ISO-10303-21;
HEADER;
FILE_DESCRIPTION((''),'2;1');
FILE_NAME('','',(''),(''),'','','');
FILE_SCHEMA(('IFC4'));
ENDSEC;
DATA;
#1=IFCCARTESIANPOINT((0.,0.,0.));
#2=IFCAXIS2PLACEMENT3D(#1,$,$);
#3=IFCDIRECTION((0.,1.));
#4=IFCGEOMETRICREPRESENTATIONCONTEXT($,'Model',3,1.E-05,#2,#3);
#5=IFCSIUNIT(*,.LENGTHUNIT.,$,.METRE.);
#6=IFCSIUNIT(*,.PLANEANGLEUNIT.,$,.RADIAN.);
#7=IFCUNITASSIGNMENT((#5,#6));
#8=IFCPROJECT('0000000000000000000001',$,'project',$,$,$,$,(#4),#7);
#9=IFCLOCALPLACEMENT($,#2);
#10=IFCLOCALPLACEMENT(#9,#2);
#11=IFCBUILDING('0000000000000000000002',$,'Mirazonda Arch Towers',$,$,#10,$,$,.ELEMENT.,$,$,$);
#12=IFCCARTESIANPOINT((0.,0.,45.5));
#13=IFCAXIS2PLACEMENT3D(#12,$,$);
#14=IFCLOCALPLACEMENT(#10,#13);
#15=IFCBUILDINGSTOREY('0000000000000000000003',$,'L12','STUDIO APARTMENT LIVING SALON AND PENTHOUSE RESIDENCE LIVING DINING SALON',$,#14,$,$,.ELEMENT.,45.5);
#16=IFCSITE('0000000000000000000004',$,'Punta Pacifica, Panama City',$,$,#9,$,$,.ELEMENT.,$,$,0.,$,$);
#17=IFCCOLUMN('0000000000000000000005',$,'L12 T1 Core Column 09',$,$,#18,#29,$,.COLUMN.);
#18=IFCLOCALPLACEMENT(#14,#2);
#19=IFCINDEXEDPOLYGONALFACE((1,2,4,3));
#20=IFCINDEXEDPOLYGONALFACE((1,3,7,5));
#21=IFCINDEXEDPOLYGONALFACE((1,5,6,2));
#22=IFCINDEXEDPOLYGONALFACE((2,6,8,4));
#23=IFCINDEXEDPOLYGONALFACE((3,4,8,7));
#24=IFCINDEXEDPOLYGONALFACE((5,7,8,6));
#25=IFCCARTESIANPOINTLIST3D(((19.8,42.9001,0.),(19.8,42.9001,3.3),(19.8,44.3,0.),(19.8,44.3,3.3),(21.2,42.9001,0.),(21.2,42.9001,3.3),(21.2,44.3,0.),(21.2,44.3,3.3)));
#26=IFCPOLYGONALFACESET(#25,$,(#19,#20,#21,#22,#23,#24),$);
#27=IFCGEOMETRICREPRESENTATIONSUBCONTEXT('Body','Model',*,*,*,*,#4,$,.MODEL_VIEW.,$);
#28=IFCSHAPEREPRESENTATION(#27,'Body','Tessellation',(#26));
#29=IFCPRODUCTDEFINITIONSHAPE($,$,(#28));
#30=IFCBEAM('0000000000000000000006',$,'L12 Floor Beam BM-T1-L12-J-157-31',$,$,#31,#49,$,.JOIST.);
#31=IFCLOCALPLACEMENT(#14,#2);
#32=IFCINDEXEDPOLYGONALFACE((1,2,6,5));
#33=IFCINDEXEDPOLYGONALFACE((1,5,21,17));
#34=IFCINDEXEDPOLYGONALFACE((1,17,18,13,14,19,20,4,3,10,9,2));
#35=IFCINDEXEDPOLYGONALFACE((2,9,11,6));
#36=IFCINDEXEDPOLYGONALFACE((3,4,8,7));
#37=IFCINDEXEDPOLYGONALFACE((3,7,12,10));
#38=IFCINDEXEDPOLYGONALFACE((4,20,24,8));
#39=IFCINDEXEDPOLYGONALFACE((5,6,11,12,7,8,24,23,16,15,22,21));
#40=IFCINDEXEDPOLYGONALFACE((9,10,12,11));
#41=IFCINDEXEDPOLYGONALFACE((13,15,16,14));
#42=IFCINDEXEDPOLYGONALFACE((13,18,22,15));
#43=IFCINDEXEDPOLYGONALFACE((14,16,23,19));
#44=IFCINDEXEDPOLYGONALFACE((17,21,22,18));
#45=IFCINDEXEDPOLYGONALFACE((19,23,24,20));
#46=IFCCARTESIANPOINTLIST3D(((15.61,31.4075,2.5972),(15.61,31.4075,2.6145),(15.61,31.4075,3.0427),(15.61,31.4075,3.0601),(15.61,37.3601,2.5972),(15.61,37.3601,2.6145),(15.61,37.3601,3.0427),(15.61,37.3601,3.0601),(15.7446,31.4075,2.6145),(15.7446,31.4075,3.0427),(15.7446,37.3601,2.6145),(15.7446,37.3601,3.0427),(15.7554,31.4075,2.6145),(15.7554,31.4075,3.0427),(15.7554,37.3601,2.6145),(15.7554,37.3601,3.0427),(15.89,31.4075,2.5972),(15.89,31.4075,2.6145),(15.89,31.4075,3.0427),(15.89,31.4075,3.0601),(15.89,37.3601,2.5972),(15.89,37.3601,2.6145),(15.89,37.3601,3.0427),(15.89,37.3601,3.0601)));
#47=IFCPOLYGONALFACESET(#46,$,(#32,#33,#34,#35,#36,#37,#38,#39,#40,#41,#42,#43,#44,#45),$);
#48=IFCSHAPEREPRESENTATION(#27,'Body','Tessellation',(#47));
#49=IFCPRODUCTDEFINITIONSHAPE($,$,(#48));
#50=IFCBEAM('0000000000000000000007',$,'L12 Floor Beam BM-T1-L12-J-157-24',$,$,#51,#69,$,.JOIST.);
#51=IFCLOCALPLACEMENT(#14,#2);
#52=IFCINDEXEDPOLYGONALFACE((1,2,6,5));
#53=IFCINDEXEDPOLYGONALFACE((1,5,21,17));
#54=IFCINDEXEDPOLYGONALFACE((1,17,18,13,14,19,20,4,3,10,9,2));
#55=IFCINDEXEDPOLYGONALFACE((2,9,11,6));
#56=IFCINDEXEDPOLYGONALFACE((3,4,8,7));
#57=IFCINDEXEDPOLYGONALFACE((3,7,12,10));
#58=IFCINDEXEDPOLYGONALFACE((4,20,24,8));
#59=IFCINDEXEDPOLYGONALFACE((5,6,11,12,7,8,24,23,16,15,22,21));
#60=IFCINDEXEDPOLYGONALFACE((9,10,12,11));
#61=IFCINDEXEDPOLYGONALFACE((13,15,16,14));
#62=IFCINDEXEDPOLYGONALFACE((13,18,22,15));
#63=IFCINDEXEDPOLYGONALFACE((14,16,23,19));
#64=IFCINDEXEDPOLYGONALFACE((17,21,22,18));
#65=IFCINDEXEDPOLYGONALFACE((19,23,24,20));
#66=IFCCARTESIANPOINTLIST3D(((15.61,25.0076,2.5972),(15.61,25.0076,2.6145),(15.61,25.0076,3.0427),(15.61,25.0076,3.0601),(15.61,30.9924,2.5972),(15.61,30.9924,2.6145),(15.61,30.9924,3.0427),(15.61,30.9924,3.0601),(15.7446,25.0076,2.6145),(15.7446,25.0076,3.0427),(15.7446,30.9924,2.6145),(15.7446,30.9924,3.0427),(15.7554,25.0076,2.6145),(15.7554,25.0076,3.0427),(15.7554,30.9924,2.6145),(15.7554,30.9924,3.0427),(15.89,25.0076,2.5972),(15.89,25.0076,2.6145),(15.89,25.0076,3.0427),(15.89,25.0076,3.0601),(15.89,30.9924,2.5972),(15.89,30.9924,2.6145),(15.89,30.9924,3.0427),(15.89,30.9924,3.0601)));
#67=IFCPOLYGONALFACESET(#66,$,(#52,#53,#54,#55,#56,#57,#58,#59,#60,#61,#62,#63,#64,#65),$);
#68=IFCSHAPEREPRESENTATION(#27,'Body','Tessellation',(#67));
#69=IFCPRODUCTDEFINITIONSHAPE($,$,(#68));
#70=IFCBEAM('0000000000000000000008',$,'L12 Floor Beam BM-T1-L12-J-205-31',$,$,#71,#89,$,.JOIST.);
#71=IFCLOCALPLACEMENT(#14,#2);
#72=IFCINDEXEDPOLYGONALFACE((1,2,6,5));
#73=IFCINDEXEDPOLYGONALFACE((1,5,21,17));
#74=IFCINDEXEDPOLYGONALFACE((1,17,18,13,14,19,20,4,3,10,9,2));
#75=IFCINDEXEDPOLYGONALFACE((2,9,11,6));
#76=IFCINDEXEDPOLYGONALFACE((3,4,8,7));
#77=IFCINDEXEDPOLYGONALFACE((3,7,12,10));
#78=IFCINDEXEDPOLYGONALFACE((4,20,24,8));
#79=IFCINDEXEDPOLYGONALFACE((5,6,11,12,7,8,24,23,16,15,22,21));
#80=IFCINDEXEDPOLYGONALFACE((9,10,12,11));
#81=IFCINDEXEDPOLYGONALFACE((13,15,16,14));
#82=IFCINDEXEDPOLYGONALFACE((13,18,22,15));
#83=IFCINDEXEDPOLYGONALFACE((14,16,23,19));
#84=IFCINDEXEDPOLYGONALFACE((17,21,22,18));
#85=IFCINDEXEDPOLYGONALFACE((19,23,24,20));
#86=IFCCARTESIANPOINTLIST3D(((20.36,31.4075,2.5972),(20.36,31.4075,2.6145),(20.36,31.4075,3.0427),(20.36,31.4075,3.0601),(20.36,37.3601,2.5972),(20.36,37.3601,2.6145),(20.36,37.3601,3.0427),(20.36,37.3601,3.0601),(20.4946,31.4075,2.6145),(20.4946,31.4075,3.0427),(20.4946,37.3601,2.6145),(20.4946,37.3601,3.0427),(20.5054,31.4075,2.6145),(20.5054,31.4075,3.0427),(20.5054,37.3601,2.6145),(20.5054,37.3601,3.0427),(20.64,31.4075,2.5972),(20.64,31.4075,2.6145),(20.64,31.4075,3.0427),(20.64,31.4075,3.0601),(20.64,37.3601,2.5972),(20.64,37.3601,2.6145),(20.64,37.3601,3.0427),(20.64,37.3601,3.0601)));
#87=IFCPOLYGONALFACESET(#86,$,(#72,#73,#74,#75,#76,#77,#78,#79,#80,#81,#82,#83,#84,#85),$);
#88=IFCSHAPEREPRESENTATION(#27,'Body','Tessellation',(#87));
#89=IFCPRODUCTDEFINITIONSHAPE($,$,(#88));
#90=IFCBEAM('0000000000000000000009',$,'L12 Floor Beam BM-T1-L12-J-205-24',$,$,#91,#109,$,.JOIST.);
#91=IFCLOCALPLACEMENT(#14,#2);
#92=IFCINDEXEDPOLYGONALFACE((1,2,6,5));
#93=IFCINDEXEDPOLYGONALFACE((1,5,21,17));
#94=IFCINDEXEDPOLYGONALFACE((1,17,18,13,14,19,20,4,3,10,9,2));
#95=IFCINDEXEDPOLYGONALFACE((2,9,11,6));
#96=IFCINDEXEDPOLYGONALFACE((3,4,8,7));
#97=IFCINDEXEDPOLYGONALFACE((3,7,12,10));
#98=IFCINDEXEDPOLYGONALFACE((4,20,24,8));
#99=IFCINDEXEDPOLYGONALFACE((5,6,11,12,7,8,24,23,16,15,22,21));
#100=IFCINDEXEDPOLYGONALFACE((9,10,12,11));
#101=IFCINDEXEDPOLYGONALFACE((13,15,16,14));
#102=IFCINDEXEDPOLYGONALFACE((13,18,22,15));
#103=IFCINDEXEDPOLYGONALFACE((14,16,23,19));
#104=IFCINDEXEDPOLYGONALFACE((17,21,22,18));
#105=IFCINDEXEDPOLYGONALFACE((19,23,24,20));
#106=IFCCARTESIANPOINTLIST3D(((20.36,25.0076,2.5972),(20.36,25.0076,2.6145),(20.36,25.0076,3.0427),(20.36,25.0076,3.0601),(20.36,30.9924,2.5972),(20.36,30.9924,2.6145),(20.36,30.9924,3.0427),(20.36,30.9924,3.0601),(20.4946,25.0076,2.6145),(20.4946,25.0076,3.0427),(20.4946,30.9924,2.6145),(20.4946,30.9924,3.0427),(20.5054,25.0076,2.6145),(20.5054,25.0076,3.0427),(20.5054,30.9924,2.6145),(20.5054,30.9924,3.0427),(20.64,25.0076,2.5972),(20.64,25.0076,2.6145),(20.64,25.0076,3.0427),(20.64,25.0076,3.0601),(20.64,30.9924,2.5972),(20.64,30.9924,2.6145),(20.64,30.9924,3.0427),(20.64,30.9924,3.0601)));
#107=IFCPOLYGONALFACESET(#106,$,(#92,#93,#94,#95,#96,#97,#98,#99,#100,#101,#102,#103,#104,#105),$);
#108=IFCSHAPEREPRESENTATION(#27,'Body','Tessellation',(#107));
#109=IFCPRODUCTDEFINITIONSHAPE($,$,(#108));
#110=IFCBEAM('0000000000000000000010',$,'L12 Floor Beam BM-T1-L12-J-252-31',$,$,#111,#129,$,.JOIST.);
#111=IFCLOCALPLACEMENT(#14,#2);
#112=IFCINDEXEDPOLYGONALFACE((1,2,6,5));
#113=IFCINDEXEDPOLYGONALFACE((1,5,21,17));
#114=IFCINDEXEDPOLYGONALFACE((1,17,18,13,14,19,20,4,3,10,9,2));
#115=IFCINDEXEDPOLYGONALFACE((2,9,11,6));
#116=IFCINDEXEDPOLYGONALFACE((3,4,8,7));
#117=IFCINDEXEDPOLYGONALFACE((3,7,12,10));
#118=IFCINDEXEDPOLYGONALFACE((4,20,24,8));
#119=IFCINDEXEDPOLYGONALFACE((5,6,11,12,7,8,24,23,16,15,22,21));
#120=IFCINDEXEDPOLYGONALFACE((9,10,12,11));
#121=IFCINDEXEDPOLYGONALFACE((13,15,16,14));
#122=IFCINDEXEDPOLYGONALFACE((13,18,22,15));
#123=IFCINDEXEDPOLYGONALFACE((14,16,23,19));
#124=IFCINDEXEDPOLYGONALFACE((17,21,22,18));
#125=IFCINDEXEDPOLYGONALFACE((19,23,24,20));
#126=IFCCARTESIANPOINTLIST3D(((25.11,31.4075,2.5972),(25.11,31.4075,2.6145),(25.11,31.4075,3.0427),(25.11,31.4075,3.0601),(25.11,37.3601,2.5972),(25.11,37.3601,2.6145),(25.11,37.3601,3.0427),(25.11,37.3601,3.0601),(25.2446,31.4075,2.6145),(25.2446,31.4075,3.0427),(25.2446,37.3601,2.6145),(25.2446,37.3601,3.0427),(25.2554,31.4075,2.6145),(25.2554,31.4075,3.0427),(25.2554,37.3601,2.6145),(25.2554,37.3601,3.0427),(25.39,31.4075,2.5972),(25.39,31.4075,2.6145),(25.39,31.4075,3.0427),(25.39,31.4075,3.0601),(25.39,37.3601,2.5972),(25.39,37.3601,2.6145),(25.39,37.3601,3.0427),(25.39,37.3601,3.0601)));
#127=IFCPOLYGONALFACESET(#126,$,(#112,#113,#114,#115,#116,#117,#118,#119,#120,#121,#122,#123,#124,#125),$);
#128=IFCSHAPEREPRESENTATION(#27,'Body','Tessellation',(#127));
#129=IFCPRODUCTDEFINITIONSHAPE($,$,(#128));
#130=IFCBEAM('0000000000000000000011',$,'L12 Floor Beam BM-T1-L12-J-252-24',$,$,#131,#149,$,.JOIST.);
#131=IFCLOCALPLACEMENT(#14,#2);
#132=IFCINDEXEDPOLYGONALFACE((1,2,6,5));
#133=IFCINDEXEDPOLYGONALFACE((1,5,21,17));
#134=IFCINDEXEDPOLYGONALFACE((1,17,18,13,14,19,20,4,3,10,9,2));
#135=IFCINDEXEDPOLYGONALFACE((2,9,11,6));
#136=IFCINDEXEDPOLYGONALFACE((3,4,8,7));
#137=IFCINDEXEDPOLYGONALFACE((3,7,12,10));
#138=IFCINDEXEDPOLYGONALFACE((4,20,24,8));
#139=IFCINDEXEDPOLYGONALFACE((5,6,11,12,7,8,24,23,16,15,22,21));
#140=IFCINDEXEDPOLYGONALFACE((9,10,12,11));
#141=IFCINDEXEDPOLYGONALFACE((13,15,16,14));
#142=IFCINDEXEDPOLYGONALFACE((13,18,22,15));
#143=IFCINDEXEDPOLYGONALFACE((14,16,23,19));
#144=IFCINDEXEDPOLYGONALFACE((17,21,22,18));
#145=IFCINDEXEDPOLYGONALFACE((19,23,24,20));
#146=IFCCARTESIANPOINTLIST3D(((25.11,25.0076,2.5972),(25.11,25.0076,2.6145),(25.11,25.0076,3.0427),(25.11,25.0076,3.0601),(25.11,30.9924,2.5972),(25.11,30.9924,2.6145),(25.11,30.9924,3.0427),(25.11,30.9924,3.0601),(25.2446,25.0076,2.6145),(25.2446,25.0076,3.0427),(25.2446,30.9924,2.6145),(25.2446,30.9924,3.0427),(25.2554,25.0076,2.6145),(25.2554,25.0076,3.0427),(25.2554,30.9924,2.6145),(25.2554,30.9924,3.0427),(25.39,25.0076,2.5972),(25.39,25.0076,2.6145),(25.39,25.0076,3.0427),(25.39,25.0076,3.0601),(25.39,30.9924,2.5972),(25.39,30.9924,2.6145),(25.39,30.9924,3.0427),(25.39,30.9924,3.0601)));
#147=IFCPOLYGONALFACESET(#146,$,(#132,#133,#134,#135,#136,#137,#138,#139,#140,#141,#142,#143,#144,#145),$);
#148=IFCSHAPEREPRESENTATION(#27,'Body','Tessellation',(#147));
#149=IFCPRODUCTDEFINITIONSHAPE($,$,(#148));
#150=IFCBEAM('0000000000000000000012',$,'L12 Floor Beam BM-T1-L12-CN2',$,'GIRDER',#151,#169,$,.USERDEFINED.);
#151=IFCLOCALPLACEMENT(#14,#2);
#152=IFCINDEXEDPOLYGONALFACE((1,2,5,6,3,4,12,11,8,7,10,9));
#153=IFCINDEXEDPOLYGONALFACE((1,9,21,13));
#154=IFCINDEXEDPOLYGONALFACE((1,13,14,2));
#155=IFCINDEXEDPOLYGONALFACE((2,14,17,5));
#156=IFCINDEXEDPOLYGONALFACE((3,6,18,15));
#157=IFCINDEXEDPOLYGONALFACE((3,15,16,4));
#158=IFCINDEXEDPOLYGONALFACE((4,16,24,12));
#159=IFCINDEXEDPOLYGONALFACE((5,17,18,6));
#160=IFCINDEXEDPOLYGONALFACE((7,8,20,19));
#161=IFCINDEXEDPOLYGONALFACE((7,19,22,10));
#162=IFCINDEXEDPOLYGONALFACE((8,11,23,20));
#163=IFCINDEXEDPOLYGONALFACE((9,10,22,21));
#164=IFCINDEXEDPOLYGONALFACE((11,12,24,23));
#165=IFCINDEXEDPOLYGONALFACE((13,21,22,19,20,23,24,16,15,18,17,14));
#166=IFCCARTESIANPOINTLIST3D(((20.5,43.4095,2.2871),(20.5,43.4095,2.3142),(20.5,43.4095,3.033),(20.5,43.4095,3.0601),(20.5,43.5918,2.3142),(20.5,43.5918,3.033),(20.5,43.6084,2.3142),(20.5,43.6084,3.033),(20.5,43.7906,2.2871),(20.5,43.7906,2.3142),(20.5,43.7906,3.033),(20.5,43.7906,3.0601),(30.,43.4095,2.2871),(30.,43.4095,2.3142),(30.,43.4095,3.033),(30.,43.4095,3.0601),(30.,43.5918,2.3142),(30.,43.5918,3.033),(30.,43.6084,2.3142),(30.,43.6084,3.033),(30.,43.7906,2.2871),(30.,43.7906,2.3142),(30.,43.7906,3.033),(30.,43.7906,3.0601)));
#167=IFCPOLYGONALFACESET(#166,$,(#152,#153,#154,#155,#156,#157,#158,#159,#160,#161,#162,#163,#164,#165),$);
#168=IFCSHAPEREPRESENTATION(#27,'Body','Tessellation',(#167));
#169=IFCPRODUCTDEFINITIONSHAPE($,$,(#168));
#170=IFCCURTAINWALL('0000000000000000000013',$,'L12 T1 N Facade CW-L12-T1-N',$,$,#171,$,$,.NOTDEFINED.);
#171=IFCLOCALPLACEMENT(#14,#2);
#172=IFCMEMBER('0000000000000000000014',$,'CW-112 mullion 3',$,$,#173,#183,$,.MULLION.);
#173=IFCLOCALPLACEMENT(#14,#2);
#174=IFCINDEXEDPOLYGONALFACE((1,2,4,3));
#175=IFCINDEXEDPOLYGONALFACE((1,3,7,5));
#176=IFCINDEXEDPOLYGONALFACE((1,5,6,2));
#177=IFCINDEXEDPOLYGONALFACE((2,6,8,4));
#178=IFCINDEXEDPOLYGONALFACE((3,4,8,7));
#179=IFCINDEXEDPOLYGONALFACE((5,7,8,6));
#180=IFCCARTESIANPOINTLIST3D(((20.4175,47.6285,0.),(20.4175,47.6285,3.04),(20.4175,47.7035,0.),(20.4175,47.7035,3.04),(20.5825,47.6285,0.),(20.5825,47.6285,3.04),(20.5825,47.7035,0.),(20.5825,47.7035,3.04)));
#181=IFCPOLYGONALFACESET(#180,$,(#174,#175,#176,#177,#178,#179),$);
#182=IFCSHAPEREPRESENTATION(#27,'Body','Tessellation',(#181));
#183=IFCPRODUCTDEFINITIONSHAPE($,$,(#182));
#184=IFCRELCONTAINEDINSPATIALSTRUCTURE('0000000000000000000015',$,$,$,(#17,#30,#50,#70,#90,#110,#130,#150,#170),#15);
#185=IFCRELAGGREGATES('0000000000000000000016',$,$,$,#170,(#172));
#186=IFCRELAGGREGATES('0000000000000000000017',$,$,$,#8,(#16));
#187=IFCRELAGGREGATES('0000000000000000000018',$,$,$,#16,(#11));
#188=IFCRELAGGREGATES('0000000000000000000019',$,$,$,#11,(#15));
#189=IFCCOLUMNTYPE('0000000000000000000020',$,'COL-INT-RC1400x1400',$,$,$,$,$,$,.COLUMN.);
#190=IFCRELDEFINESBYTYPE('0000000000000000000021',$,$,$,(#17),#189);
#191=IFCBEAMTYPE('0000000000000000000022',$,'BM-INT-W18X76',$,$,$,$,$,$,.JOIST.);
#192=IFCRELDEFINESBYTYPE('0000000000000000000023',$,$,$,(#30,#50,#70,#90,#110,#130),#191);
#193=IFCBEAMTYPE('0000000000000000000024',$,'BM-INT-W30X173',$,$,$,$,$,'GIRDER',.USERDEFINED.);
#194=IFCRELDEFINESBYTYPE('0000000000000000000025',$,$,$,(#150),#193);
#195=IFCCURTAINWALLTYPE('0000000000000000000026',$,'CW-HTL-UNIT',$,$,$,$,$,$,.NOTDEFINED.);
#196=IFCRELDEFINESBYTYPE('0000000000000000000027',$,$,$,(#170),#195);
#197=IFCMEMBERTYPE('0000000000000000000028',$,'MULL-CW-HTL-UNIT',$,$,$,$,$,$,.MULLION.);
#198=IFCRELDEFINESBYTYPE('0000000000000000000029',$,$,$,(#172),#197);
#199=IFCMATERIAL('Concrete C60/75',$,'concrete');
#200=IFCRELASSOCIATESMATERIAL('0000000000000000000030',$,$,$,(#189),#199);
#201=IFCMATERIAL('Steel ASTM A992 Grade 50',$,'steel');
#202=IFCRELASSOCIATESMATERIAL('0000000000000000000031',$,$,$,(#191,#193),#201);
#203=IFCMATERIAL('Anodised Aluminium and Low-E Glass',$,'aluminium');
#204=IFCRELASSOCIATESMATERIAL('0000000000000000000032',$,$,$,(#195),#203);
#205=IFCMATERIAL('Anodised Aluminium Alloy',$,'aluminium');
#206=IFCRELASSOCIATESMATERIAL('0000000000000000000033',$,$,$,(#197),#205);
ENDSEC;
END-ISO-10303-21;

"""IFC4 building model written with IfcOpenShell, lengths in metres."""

from ifc_helpers import new_model, si_unit, direction, frame, origin, origin_2d, place, context, subcontext, project, spatial, rectangle, i_section, extrude, material, material_profile, profile_set, type_object, element, aggregate, save


model = new_model("IFC4")

# Units and contexts
model_context = context("Model", 3, precision=1e-05, world=origin(), true_north=direction((0.0, 1.0)))
body_context = subcontext(model_context, "Body", "Model", "MODEL_VIEW")
ifc_project = project(units=[si_unit("LENGTHUNIT", "METRE"), si_unit("PLANEANGLEUNIT", "RADIAN")], contexts=[model_context])

# Site, building, storey
site_placement = place(None, origin())
site = spatial("IfcSite", under=ifc_project, at=site_placement, Name="Punta Pacifica, Panama City", CompositionType="ELEMENT", RefElevation=0.0)
building_placement = place(site_placement, origin())
building = spatial("IfcBuilding", under=site, at=building_placement, Name="Mirazonda Arch Towers", CompositionType="ELEMENT")
storey_placement = place(building_placement, frame((0.0, 0.0, 45.5)))
storey = spatial("IfcBuildingStorey", under=building, at=storey_placement, Name="L12", Description="STUDIO APARTMENT LIVING SALON AND PENTHOUSE RESIDENCE LIVING DINING SALON", CompositionType="ELEMENT", Elevation=45.5)

# Column
ifc_material_1 = material(Name="Concrete C60/75", Category="concrete")
ifc_material_profile_1 = material_profile(ifc_material_1, rectangle(XDim=1.3999, YDim=1.3999, at=origin_2d()), Name="RC1400x1400")
ifc_profile_set_1 = profile_set([ifc_material_profile_1], Name="Concrete C60/75")
column_type = type_object("IfcColumnType", Name="COL-INT-RC1400x1400", PredefinedType="COLUMN", material=ifc_profile_set_1)
column_placement = place(storey_placement, frame((20.5, 43.6001, 0.0), z_axis=(0.0, 0.0, 1.0), x_axis=(1.0, 0.0, 0.0)))
element("IfcColumn", 1, at=column_placement, inside=storey, type_object=column_type, Name="L12 T1 Core Column 09", PredefinedType="COLUMN", context=body_context, shape_type="SweptSolid", body=[
    extrude(rectangle(XDim=1.3999, YDim=1.3999, at=origin_2d()), origin(), (0.0, 0.0, 1.0), 3.3),
])

# Beams
ifc_material_2 = material(Name="Steel ASTM A992 Grade 50", Category="steel")
ifc_material_profile_2 = material_profile(ifc_material_2, i_section(OverallWidth=0.28, OverallDepth=0.4629, WebThickness=0.0107, FlangeThickness=0.0173, at=origin_2d()), Name="W18X76")
ifc_profile_set_2 = profile_set([ifc_material_profile_2], Name="Steel ASTM A992 Grade 50")
beam_type_1 = type_object("IfcBeamType", Name="BM-INT-W18X76", PredefinedType="JOIST", material=ifc_profile_set_2)
beam_1_placement = place(storey_placement, frame((15.75, 31.4075, 2.8286), z_axis=(0.0, 1.0, 0.0), x_axis=(-1.0, 0.0, 0.0)))
element("IfcBeam", 2, at=beam_1_placement, inside=storey, type_object=beam_type_1, Name="L12 Floor Beam BM-T1-L12-J-157-31", PredefinedType="JOIST", context=body_context, shape_type="SweptSolid", body=[
    extrude(i_section(OverallWidth=0.28, OverallDepth=0.4629, WebThickness=0.0107, FlangeThickness=0.0173, at=origin_2d()), origin(), (0.0, 0.0, 1.0), 5.9526),
])
beam_2_placement = place(storey_placement, frame((15.75, 25.0076, 2.8286), z_axis=(0.0, 1.0, 0.0), x_axis=(-1.0, 0.0, 0.0)))
element("IfcBeam", 3, at=beam_2_placement, inside=storey, type_object=beam_type_1, Name="L12 Floor Beam BM-T1-L12-J-157-24", PredefinedType="JOIST", context=body_context, shape_type="SweptSolid", body=[
    extrude(i_section(OverallWidth=0.28, OverallDepth=0.4629, WebThickness=0.0107, FlangeThickness=0.0173, at=origin_2d()), origin(), (0.0, 0.0, 1.0), 5.9849),
])
beam_3_placement = place(storey_placement, frame((20.5, 31.4075, 2.8286), z_axis=(0.0, 1.0, 0.0), x_axis=(-1.0, 0.0, 0.0)))
element("IfcBeam", 4, at=beam_3_placement, inside=storey, type_object=beam_type_1, Name="L12 Floor Beam BM-T1-L12-J-205-31", PredefinedType="JOIST", context=body_context, shape_type="SweptSolid", body=[
    extrude(i_section(OverallWidth=0.28, OverallDepth=0.4629, WebThickness=0.0107, FlangeThickness=0.0173, at=origin_2d()), origin(), (0.0, 0.0, 1.0), 5.9526),
])
beam_4_placement = place(storey_placement, frame((20.5, 25.0076, 2.8286), z_axis=(0.0, 1.0, 0.0), x_axis=(-1.0, 0.0, 0.0)))
element("IfcBeam", 5, at=beam_4_placement, inside=storey, type_object=beam_type_1, Name="L12 Floor Beam BM-T1-L12-J-205-24", PredefinedType="JOIST", context=body_context, shape_type="SweptSolid", body=[
    extrude(i_section(OverallWidth=0.28, OverallDepth=0.4629, WebThickness=0.0107, FlangeThickness=0.0173, at=origin_2d()), origin(), (0.0, 0.0, 1.0), 5.9849),
])
beam_5_placement = place(storey_placement, frame((25.25, 31.4075, 2.8286), z_axis=(0.0, 1.0, 0.0), x_axis=(-1.0, 0.0, 0.0)))
element("IfcBeam", 6, at=beam_5_placement, inside=storey, type_object=beam_type_1, Name="L12 Floor Beam BM-T1-L12-J-252-31", PredefinedType="JOIST", context=body_context, shape_type="SweptSolid", body=[
    extrude(i_section(OverallWidth=0.28, OverallDepth=0.4629, WebThickness=0.0107, FlangeThickness=0.0173, at=origin_2d()), origin(), (0.0, 0.0, 1.0), 5.9526),
])
beam_6_placement = place(storey_placement, frame((25.25, 25.0076, 2.8286), z_axis=(0.0, 1.0, 0.0), x_axis=(-1.0, 0.0, 0.0)))
element("IfcBeam", 7, at=beam_6_placement, inside=storey, type_object=beam_type_1, Name="L12 Floor Beam BM-T1-L12-J-252-24", PredefinedType="JOIST", context=body_context, shape_type="SweptSolid", body=[
    extrude(i_section(OverallWidth=0.28, OverallDepth=0.4629, WebThickness=0.0107, FlangeThickness=0.0173, at=origin_2d()), origin(), (0.0, 0.0, 1.0), 5.9849),
])
ifc_material_profile_3 = material_profile(ifc_material_2, i_section(OverallWidth=0.3811, OverallDepth=0.7729, WebThickness=0.0166, FlangeThickness=0.0271, at=origin_2d()), Name="W30X173")
ifc_profile_set_3 = profile_set([ifc_material_profile_3], Name="Steel ASTM A992 Grade 50")
beam_type_2 = type_object("IfcBeamType", Name="BM-INT-W30X173", ElementType="GIRDER", PredefinedType="USERDEFINED", material=ifc_profile_set_3)
beam_7_placement = place(storey_placement, frame((20.5, 43.6001, 2.6736), z_axis=(1.0, 0.0, 0.0), x_axis=(0.0, 1.0, 0.0)))
element("IfcBeam", 8, at=beam_7_placement, inside=storey, type_object=beam_type_2, Name="L12 Floor Beam BM-T1-L12-CN2", ObjectType="GIRDER", PredefinedType="USERDEFINED", context=body_context, shape_type="SweptSolid", body=[
    extrude(i_section(OverallWidth=0.3811, OverallDepth=0.7729, WebThickness=0.0166, FlangeThickness=0.0271, at=origin_2d()), origin(), (0.0, 0.0, 1.0), 9.5),
])

# Curtain wall, member
ifc_material_3 = material(Name="Anodised Aluminium and Low-E Glass", Category="aluminium")
curtain_wall_type = type_object("IfcCurtainWallType", Name="CW-HTL-UNIT", PredefinedType="NOTDEFINED", material=ifc_material_3)
curtain_wall_placement = place(storey_placement, origin())
curtain_wall = element("IfcCurtainWall", 9, at=curtain_wall_placement, inside=storey, type_object=curtain_wall_type, Name="L12 T1 N Facade CW-L12-T1-N", PredefinedType="NOTDEFINED")
ifc_material_4 = material(Name="Anodised Aluminium Alloy", Category="aluminium")
ifc_material_profile_4 = material_profile(ifc_material_4, rectangle(XDim=0.075, YDim=0.165, at=origin_2d()), Name="ALU-MULL-75x165")
ifc_profile_set_4 = profile_set([ifc_material_profile_4], Name="Anodised Aluminium Alloy")
member_type_1 = type_object("IfcMemberType", Name="MULL-CW-HTL-UNIT", PredefinedType="MULLION", material=ifc_profile_set_4)
member_1_placement = place(storey_placement, frame((20.5, 47.666, 0.0), z_axis=(0.0, 0.0, 1.0), x_axis=(0.0, 1.0, 0.0)))
member_1 = element("IfcMember", 10, at=member_1_placement, type_object=member_type_1, Name="CW-112 mullion 3", PredefinedType="MULLION", context=body_context, shape_type="SweptSolid", body=[
    extrude(rectangle(XDim=0.075, YDim=0.165, at=origin_2d()), origin(), (0.0, 0.0, 1.0), 3.04),
])
aggregate(curtain_wall, [member_1])

save(model, "model.ifc")
